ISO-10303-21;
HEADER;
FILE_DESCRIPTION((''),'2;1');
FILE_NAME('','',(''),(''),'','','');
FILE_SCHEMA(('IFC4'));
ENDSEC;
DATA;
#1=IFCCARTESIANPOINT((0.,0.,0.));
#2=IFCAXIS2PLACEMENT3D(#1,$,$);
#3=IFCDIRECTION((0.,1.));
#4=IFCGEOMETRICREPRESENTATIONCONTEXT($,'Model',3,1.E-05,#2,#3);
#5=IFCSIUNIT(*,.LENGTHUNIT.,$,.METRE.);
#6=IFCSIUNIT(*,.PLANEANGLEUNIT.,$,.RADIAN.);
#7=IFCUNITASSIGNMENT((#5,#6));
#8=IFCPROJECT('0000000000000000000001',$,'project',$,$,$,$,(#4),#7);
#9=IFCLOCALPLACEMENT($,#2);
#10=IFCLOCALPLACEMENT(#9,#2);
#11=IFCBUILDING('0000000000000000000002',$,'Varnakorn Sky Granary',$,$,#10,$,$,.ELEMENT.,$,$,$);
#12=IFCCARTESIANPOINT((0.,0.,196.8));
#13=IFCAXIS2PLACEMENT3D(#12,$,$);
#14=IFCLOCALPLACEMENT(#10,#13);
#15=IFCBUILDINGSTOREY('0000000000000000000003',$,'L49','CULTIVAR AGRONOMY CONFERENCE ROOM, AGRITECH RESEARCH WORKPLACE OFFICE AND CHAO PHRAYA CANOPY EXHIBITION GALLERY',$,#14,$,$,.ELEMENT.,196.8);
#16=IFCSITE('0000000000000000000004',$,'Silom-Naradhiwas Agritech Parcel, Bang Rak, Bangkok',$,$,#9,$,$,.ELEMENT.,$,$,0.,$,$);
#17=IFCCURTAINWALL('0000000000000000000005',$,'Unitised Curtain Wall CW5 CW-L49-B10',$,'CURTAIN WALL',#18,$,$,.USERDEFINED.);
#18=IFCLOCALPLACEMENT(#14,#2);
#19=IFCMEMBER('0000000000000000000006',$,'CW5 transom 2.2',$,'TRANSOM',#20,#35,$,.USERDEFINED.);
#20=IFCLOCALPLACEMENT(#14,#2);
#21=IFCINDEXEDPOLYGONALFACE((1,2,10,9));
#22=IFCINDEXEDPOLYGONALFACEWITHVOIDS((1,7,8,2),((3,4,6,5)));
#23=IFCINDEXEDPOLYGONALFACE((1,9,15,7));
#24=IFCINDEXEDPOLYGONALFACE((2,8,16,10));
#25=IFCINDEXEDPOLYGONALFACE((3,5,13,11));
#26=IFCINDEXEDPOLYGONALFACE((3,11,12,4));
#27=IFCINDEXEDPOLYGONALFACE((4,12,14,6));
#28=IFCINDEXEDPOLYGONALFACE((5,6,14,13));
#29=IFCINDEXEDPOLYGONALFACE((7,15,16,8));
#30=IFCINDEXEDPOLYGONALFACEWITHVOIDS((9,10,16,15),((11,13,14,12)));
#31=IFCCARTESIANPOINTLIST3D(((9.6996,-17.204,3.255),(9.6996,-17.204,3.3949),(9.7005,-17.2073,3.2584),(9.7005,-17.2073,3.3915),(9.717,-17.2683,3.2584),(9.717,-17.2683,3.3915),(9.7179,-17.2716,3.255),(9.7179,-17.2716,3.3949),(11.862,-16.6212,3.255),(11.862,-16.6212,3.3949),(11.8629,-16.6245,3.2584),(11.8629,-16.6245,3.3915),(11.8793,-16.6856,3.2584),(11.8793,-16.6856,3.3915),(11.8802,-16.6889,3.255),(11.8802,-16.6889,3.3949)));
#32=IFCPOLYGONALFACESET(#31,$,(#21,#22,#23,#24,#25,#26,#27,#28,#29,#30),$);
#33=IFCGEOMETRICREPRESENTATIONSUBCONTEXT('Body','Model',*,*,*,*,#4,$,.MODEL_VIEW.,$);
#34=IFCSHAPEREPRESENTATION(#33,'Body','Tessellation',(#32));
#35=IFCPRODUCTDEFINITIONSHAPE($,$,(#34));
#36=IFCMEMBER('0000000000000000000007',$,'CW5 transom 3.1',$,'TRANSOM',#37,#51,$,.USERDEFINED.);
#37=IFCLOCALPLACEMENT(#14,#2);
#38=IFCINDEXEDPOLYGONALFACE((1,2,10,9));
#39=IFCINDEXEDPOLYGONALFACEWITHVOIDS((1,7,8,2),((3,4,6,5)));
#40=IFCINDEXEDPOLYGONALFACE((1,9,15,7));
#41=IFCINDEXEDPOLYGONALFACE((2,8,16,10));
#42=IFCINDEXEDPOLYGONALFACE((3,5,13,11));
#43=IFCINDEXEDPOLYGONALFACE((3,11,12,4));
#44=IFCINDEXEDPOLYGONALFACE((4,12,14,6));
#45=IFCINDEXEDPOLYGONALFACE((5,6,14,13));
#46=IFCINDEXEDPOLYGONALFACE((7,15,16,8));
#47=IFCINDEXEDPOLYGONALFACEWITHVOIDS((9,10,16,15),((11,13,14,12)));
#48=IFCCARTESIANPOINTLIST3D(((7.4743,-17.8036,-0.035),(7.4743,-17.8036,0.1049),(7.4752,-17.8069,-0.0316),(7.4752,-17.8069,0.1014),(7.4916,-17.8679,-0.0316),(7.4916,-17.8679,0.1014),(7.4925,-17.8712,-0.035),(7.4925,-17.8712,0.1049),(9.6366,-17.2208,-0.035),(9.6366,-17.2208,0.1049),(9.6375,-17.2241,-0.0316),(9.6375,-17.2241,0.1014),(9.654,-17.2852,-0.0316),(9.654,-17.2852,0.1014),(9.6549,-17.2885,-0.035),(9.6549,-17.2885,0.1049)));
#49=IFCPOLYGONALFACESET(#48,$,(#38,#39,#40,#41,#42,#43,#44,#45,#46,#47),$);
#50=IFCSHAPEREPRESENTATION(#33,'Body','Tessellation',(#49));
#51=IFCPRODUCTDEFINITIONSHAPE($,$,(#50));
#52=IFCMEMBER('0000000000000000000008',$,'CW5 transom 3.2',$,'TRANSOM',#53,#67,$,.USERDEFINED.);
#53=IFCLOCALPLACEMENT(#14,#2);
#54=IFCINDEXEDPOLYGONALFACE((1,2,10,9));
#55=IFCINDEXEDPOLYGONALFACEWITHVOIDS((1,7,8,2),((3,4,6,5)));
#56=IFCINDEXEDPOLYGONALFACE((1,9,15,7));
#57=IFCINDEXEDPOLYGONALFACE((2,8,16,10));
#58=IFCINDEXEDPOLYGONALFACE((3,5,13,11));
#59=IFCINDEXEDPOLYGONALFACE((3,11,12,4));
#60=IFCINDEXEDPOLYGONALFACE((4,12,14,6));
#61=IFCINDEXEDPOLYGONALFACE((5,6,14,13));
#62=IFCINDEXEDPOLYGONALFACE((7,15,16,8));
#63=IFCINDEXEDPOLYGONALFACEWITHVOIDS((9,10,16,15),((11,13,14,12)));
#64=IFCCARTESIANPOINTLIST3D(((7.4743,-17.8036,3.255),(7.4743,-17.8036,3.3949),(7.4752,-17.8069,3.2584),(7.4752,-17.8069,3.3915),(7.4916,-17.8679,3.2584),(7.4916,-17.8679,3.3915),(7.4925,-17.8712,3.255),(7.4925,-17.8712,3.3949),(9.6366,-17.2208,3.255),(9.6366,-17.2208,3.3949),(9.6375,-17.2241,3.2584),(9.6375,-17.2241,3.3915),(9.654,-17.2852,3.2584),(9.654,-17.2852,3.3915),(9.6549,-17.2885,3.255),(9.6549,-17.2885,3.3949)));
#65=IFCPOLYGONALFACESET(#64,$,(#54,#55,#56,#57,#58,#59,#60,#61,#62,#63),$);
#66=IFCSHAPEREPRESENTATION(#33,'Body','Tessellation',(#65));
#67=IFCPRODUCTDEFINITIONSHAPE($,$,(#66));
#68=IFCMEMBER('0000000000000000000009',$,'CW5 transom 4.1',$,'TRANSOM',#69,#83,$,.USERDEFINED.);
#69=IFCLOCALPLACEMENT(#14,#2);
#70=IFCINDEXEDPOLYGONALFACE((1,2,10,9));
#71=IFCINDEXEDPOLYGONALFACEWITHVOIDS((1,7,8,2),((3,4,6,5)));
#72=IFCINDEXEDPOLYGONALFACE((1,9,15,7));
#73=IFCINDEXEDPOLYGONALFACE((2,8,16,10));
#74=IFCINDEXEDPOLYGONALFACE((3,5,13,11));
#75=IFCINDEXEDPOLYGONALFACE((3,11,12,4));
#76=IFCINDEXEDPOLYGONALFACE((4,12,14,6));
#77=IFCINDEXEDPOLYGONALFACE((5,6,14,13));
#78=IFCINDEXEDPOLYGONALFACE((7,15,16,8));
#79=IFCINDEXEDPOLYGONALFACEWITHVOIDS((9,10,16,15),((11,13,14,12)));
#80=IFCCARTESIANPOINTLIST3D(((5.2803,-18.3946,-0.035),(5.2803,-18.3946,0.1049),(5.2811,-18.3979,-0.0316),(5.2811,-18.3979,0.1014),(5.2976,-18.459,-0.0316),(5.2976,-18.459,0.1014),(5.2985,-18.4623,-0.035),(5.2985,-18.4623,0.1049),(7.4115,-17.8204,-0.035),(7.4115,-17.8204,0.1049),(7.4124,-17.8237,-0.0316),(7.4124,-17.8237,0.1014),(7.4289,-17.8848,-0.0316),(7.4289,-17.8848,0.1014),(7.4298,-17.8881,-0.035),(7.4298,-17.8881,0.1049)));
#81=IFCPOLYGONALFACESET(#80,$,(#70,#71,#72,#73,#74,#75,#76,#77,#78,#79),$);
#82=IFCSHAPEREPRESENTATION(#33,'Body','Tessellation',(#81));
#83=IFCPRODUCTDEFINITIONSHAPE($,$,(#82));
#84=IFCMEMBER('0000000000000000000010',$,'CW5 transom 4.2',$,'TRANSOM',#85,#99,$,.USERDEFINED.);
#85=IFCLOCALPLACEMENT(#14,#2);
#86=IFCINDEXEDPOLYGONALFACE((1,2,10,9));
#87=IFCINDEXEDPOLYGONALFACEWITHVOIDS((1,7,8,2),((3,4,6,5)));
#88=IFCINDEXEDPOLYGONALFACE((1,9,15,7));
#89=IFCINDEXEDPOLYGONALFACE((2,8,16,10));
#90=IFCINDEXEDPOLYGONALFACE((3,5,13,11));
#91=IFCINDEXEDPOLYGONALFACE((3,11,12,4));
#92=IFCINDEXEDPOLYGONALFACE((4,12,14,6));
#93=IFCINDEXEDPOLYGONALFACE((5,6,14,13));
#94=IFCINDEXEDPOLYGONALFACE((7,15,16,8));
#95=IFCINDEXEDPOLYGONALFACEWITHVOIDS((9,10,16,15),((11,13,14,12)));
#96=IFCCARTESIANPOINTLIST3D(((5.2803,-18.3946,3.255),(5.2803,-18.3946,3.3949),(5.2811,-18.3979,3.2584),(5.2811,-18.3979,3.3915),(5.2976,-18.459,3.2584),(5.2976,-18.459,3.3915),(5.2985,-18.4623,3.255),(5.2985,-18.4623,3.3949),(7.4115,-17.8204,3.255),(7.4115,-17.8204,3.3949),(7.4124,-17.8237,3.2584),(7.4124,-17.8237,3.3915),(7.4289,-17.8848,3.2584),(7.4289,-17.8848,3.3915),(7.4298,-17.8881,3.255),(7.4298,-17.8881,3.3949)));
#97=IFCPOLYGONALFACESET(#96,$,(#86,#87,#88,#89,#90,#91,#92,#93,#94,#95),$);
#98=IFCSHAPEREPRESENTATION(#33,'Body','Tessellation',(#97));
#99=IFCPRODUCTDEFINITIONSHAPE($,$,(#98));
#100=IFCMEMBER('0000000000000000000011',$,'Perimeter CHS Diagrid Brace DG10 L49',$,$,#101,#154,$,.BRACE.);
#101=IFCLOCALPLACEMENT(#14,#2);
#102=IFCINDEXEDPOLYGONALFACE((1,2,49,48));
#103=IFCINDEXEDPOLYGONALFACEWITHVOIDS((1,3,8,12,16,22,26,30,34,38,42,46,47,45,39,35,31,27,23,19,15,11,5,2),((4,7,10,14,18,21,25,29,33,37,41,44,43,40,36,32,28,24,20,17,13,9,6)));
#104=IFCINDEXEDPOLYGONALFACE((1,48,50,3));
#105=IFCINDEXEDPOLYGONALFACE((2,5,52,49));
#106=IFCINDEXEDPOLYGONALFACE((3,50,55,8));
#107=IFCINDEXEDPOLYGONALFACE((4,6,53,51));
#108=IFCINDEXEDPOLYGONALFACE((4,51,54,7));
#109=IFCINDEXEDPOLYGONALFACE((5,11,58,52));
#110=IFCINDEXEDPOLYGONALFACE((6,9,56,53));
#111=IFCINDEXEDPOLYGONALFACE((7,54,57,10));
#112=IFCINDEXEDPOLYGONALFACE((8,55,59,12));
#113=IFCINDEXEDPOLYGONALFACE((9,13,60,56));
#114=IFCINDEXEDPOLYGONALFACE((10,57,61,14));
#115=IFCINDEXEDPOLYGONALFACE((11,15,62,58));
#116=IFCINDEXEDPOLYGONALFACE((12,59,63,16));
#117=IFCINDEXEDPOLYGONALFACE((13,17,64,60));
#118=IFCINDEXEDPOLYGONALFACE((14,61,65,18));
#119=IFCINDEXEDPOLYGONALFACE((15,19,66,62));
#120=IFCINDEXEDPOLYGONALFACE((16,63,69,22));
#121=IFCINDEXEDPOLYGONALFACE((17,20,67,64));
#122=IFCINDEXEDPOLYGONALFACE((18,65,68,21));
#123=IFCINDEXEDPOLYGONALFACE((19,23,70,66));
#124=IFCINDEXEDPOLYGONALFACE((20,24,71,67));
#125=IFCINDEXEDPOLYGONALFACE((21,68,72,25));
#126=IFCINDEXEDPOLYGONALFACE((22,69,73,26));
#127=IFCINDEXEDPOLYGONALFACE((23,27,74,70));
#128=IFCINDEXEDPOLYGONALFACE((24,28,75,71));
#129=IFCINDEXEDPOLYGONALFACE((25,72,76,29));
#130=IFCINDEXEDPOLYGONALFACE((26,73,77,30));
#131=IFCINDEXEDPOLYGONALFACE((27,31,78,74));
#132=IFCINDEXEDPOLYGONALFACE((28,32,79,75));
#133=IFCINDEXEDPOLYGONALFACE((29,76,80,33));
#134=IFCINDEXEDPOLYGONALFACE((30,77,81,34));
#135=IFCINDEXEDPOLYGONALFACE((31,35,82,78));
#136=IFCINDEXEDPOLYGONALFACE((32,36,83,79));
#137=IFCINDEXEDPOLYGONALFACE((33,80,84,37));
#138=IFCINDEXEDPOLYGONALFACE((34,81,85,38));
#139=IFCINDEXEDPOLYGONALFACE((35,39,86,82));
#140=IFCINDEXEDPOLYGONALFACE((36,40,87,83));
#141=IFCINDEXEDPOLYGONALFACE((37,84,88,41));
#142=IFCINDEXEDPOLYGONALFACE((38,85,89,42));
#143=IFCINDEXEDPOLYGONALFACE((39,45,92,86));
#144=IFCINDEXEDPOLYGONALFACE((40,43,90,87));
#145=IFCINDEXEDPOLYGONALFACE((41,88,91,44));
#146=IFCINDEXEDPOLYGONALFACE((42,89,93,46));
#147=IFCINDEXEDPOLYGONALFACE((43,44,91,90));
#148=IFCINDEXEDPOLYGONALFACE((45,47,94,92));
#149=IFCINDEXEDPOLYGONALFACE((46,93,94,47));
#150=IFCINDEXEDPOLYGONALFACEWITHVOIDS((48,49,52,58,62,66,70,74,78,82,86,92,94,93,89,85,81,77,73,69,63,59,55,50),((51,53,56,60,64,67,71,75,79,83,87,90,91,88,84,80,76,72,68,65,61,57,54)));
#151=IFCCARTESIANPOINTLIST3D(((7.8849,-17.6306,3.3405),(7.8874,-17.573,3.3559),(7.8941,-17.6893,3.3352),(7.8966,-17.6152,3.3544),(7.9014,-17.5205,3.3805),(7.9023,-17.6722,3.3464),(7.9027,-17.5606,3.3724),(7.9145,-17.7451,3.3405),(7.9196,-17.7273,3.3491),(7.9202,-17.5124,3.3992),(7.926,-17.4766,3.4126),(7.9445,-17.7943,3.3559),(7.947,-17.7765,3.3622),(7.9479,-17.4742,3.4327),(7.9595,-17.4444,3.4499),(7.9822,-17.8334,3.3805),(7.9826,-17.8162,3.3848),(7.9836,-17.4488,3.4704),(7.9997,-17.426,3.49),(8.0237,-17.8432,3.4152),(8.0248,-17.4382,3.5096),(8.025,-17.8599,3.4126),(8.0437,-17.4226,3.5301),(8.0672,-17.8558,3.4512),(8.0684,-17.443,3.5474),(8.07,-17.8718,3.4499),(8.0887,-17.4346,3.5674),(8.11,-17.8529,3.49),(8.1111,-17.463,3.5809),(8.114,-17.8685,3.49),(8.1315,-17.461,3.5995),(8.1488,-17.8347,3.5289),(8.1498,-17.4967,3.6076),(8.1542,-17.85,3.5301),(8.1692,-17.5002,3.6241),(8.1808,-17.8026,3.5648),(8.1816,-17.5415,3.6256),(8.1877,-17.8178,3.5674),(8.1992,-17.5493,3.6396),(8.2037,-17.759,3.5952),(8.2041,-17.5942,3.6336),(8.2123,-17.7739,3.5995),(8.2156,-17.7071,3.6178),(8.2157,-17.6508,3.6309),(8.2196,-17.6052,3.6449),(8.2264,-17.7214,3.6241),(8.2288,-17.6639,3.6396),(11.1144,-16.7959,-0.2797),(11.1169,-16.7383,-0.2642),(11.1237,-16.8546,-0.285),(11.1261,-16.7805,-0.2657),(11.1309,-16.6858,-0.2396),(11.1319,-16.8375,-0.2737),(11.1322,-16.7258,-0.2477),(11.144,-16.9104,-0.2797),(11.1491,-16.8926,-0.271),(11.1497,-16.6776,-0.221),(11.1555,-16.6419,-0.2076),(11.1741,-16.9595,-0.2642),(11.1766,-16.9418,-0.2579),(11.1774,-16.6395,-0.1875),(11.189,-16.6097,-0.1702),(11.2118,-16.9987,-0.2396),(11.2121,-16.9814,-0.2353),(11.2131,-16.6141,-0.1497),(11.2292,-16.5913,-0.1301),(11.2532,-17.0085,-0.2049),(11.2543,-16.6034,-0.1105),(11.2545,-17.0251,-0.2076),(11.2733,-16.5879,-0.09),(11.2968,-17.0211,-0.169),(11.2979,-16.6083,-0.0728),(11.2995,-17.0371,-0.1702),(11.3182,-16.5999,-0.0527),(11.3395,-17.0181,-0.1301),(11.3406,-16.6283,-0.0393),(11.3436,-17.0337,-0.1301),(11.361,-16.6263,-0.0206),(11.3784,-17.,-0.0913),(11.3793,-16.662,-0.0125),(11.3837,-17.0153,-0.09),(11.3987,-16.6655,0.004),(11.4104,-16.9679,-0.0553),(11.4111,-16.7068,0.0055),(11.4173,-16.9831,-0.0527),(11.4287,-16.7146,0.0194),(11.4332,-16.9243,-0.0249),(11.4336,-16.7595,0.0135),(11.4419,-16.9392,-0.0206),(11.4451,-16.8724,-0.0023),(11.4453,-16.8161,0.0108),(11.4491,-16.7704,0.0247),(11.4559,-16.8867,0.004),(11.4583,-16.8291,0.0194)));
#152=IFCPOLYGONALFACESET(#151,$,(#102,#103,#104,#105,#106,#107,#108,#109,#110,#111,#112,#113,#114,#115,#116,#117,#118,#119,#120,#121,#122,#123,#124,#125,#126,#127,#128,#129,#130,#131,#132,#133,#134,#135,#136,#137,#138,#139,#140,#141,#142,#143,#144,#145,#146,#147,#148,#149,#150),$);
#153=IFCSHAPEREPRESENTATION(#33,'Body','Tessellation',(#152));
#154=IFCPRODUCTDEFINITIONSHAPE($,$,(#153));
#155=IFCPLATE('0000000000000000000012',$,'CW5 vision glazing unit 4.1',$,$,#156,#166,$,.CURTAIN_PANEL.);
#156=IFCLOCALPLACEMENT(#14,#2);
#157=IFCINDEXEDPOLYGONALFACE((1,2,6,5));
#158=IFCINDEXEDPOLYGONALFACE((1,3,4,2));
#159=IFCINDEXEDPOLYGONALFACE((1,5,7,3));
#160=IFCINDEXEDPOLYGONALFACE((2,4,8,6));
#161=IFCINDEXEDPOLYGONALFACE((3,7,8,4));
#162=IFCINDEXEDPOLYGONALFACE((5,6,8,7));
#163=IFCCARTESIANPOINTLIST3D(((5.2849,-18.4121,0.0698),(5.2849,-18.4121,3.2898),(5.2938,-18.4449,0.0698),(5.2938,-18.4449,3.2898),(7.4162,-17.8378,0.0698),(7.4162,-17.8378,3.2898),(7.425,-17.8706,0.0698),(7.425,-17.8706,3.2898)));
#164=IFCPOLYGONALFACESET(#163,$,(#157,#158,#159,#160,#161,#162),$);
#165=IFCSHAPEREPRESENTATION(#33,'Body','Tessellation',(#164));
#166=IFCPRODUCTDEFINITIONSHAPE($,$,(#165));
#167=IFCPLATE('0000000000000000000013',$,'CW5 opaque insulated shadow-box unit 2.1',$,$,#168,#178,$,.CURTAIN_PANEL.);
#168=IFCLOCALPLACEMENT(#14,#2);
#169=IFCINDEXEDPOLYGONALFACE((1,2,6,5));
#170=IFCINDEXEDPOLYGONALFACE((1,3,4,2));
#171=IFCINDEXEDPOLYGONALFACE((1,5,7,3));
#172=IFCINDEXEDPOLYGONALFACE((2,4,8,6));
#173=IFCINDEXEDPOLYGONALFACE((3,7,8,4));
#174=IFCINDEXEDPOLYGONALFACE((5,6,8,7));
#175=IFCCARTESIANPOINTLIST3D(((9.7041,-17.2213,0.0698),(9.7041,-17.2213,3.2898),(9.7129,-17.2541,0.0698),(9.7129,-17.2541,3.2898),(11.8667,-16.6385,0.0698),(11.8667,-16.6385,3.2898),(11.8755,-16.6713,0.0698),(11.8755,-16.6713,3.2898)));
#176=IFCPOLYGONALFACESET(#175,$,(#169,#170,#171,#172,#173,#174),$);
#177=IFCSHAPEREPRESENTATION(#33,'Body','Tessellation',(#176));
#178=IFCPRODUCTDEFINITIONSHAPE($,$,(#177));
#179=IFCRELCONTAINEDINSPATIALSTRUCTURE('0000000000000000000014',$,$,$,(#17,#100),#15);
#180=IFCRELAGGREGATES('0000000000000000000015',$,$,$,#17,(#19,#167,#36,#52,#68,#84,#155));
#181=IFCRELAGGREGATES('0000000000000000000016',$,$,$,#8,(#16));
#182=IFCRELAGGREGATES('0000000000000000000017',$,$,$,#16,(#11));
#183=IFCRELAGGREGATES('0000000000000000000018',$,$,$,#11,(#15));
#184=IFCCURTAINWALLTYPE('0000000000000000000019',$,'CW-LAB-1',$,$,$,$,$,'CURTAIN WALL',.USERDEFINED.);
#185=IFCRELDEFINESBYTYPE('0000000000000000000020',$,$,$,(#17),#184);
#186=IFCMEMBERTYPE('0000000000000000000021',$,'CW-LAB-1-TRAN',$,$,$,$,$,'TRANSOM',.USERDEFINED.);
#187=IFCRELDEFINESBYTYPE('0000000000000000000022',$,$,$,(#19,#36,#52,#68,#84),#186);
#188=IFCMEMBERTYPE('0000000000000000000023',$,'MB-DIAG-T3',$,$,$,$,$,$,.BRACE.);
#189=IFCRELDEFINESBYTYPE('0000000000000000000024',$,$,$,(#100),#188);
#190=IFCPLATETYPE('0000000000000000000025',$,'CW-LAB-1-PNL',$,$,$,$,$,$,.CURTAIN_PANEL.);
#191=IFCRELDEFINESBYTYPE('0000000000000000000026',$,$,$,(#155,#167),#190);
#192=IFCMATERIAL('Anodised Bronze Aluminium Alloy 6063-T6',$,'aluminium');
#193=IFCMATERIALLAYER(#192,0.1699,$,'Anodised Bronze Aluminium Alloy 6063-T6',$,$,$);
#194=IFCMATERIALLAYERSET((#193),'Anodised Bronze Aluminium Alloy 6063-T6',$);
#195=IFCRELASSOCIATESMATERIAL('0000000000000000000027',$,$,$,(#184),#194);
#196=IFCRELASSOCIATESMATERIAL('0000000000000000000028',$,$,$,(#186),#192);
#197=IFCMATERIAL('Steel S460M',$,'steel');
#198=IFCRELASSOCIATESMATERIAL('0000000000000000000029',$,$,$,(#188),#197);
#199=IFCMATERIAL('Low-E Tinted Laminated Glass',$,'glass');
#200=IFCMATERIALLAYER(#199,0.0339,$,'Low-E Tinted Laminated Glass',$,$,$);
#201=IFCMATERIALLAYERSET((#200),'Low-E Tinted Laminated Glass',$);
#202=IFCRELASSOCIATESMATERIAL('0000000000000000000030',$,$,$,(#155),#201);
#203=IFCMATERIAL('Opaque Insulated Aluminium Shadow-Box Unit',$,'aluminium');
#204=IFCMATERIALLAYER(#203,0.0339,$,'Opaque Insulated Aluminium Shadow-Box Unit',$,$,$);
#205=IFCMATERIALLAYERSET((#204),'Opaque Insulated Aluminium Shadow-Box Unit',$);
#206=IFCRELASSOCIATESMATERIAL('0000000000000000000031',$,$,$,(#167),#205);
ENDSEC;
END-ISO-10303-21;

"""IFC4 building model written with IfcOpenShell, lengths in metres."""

from ifc_helpers import new_model, si_unit, direction, frame, origin, origin_2d, place, context, subcontext, project, spatial, rectangle, hollow_rectangle, hollow_circle, extrude, source, transform, mapped, material, layer, layer_set, material_profile, profile_set, type_object, type_shapes, element, aggregate, save


model = new_model("IFC4")

# Units and contexts
model_context = context("Model", 3, precision=1e-05, world=origin(), true_north=direction((0.0, 1.0)))
body_context = subcontext(model_context, "Body", "Model", "MODEL_VIEW")
ifc_project = project(units=[si_unit("LENGTHUNIT", "METRE"), si_unit("PLANEANGLEUNIT", "RADIAN")], contexts=[model_context])

# Site, building, storey
site_placement = place(None, origin())
site = spatial("IfcSite", under=ifc_project, at=site_placement, Name="Silom-Naradhiwas Agritech Parcel, Bang Rak, Bangkok", CompositionType="ELEMENT", RefElevation=0.0)
building_placement = place(site_placement, origin())
building = spatial("IfcBuilding", under=site, at=building_placement, Name="Varnakorn Sky Granary", CompositionType="ELEMENT")
storey_placement = place(building_placement, frame((0.0, 0.0, 196.8)))
storey = spatial("IfcBuildingStorey", under=building, at=storey_placement, Name="L49", Description="CULTIVAR AGRONOMY CONFERENCE ROOM, AGRITECH RESEARCH WORKPLACE OFFICE AND CHAO PHRAYA CANOPY EXHIBITION GALLERY", CompositionType="ELEMENT", Elevation=196.8)

# Shared definitions
ifc_material_1 = material(Name="Steel S460M", Category="steel")

# Curtain wall, members
ifc_material_2 = material(Name="Anodised Bronze Aluminium Alloy 6063-T6", Category="aluminium")
ifc_layer_1 = layer(ifc_material_2, 0.1699, Name="Anodised Bronze Aluminium Alloy 6063-T6")
ifc_layer_set_1 = layer_set([ifc_layer_1], Name="Anodised Bronze Aluminium Alloy 6063-T6")
curtain_wall_type = type_object("IfcCurtainWallType", Name="CW-LAB-1", ElementType="CURTAIN WALL", PredefinedType="USERDEFINED", material=ifc_layer_set_1)
curtain_wall_placement = place(storey_placement, origin())
curtain_wall = element("IfcCurtainWall", 1, at=curtain_wall_placement, inside=storey, type_object=curtain_wall_type, Name="Unitised Curtain Wall CW5 CW-L49-B10", ObjectType="CURTAIN WALL", PredefinedType="USERDEFINED")
ifc_material_profile_1 = material_profile(ifc_material_2, hollow_rectangle(XDim=0.0701, YDim=0.1399, WallThickness=0.0034, at=origin_2d()), Name="ALU TRAN 70x140")
ifc_profile_set_1 = profile_set([ifc_material_profile_1], Name="Anodised Bronze Aluminium Alloy 6063-T6")
member_type_1 = type_object("IfcMemberType", Name="CW-LAB-1-TRAN", ElementType="TRANSOM", PredefinedType="USERDEFINED", material=ifc_profile_set_1)
member_1_placement = place(storey_placement, frame((11.8711, -16.655, 3.325), z_axis=(-0.965549, -0.26022, 0.0), x_axis=(0.26022, -0.965549, 0.0)))
member_1 = element("IfcMember", 2, at=member_1_placement, type_object=member_type_1, Name="CW5 transom 2.2", ObjectType="TRANSOM", PredefinedType="USERDEFINED", context=body_context, shape_type="SweptSolid", body=[
    extrude(hollow_rectangle(XDim=0.0701, YDim=0.1399, WallThickness=0.0034, at=origin_2d()), origin(), (0.0, 0.0, 1.0), 2.2395),
])
member_2_placement = place(storey_placement, frame((9.6458, -17.2546, 0.0349), z_axis=(-0.965549, -0.26022, 0.0), x_axis=(0.26022, -0.965549, 0.0)))
member_2 = element("IfcMember", 3, at=member_2_placement, type_object=member_type_1, Name="CW5 transom 3.1", ObjectType="TRANSOM", PredefinedType="USERDEFINED", context=body_context, shape_type="SweptSolid", body=[
    extrude(hollow_rectangle(XDim=0.0701, YDim=0.1399, WallThickness=0.0034, at=origin_2d()), origin(), (0.0, 0.0, 1.0), 2.2395),
])
member_3_placement = place(storey_placement, frame((9.6458, -17.2546, 3.325), z_axis=(-0.965549, -0.26022, 0.0), x_axis=(0.26022, -0.965549, 0.0)))
member_3 = element("IfcMember", 4, at=member_3_placement, type_object=member_type_1, Name="CW5 transom 3.2", ObjectType="TRANSOM", PredefinedType="USERDEFINED", context=body_context, shape_type="SweptSolid", body=[
    extrude(hollow_rectangle(XDim=0.0701, YDim=0.1399, WallThickness=0.0034, at=origin_2d()), origin(), (0.0, 0.0, 1.0), 2.2395),
])
member_4_placement = place(storey_placement, frame((7.4207, -17.8542, 0.0349), z_axis=(-0.965571, -0.26014, 0.0), x_axis=(0.26014, -0.965571, 0.0)))
member_4 = element("IfcMember", 5, at=member_4_placement, type_object=member_type_1, Name="CW5 transom 4.1", ObjectType="TRANSOM", PredefinedType="USERDEFINED", context=body_context, shape_type="SweptSolid", body=[
    extrude(hollow_rectangle(XDim=0.0701, YDim=0.1399, WallThickness=0.0034, at=origin_2d()), origin(), (0.0, 0.0, 1.0), 2.2073),
])
member_5_placement = place(storey_placement, frame((7.4207, -17.8542, 3.325), z_axis=(-0.965571, -0.26014, 0.0), x_axis=(0.26014, -0.965571, 0.0)))
member_5 = element("IfcMember", 6, at=member_5_placement, type_object=member_type_1, Name="CW5 transom 4.2", ObjectType="TRANSOM", PredefinedType="USERDEFINED", context=body_context, shape_type="SweptSolid", body=[
    extrude(hollow_rectangle(XDim=0.0701, YDim=0.1399, WallThickness=0.0034, at=origin_2d()), origin(), (0.0, 0.0, 1.0), 2.2073),
])

# Member
ifc_material_profile_2 = material_profile(ifc_material_1, hollow_circle(Radius=0.2285, WallThickness=0.0161, at=origin_2d()), Name="CHS 457x16")
ifc_profile_set_2 = profile_set([ifc_material_profile_2], Name="Steel S460M")
member_type_2 = type_object("IfcMemberType", Name="MB-DIAG-T3", PredefinedType="BRACE", material=ifc_profile_set_2)
member_6_placement = place(storey_placement, frame((11.2864, -16.8125, -0.1301), z_axis=(-0.656059, -0.16957, 0.735413), x_axis=(0.250243, -0.968183, 0.0)))
element("IfcMember", 7, at=member_6_placement, inside=storey, type_object=member_type_2, Name="Perimeter CHS Diagrid Brace DG10 L49", PredefinedType="BRACE", context=body_context, shape_type="SweptSolid", body=[
    extrude(hollow_circle(Radius=0.2285, WallThickness=0.0161, at=origin_2d()), origin(), (0.0, 0.0, 1.0), 4.9226),
])

# Plates
ifc_material_3 = material(Name="Low-E Tinted Laminated Glass", Category="glass")
ifc_layer_2 = layer(ifc_material_3, 0.0339, Name="Low-E Tinted Laminated Glass")
ifc_layer_set_2 = layer_set([ifc_layer_2], Name="Low-E Tinted Laminated Glass")
plate_type = type_object("IfcPlateType", Name="CW-LAB-1-PNL", PredefinedType="CURTAIN_PANEL")
shared_shape_1 = source(origin(), body_context, "Body", "SweptSolid", [
    extrude(rectangle(XDim=2.2073, YDim=0.0339, at=origin_2d()), origin(), (0.0, 0.0, 1.0), 3.22),
])
plate_1_placement = place(storey_placement, frame((6.355, -18.1414, 0.0698), z_axis=(0.0, 0.0, 1.0), x_axis=(-0.965556, -0.260196, 0.0)))
plate_1 = element("IfcPlate", 8, at=plate_1_placement, type_object=plate_type, material=ifc_layer_set_2, Name="CW5 vision glazing unit 4.1", PredefinedType="CURTAIN_PANEL", context=body_context, shape_type="MappedRepresentation", body=[
    mapped(shared_shape_1, transform((0.0, 0.0, 0.0), x_axis=(1.0, 0.0, 0.0), y_axis=(0.0, 1.0, 0.0), z_axis=(0.0, 0.0, 1.0), scale=1.0)),
])
ifc_material_4 = material(Name="Opaque Insulated Aluminium Shadow-Box Unit", Category="aluminium")
ifc_layer_3 = layer(ifc_material_4, 0.0339, Name="Opaque Insulated Aluminium Shadow-Box Unit")
ifc_layer_set_3 = layer_set([ifc_layer_3], Name="Opaque Insulated Aluminium Shadow-Box Unit")
shared_shape_2 = source(origin(), body_context, "Body", "SweptSolid", [
    extrude(rectangle(XDim=2.2397, YDim=0.0339, at=origin_2d()), origin(), (0.0, 0.0, 1.0), 3.22),
])
type_shapes(plate_type, [shared_shape_1, shared_shape_2])
plate_2_placement = place(storey_placement, frame((10.7898, -16.9463, 0.0698), z_axis=(0.0, 0.0, 1.0), x_axis=(-0.965556, -0.260196, 0.0)))
plate_2 = element("IfcPlate", 9, at=plate_2_placement, type_object=plate_type, material=ifc_layer_set_3, Name="CW5 opaque insulated shadow-box unit 2.1", PredefinedType="CURTAIN_PANEL", context=body_context, shape_type="MappedRepresentation", body=[
    mapped(shared_shape_2, transform((0.0, 0.0, 0.0), x_axis=(1.0, 0.0, 0.0), y_axis=(0.0, 1.0, 0.0), z_axis=(0.0, 0.0, 1.0), scale=1.0)),
])
aggregate(curtain_wall, [member_1, plate_2, member_2, member_3, member_4, member_5, plate_1])

save(model, "model.ifc")
